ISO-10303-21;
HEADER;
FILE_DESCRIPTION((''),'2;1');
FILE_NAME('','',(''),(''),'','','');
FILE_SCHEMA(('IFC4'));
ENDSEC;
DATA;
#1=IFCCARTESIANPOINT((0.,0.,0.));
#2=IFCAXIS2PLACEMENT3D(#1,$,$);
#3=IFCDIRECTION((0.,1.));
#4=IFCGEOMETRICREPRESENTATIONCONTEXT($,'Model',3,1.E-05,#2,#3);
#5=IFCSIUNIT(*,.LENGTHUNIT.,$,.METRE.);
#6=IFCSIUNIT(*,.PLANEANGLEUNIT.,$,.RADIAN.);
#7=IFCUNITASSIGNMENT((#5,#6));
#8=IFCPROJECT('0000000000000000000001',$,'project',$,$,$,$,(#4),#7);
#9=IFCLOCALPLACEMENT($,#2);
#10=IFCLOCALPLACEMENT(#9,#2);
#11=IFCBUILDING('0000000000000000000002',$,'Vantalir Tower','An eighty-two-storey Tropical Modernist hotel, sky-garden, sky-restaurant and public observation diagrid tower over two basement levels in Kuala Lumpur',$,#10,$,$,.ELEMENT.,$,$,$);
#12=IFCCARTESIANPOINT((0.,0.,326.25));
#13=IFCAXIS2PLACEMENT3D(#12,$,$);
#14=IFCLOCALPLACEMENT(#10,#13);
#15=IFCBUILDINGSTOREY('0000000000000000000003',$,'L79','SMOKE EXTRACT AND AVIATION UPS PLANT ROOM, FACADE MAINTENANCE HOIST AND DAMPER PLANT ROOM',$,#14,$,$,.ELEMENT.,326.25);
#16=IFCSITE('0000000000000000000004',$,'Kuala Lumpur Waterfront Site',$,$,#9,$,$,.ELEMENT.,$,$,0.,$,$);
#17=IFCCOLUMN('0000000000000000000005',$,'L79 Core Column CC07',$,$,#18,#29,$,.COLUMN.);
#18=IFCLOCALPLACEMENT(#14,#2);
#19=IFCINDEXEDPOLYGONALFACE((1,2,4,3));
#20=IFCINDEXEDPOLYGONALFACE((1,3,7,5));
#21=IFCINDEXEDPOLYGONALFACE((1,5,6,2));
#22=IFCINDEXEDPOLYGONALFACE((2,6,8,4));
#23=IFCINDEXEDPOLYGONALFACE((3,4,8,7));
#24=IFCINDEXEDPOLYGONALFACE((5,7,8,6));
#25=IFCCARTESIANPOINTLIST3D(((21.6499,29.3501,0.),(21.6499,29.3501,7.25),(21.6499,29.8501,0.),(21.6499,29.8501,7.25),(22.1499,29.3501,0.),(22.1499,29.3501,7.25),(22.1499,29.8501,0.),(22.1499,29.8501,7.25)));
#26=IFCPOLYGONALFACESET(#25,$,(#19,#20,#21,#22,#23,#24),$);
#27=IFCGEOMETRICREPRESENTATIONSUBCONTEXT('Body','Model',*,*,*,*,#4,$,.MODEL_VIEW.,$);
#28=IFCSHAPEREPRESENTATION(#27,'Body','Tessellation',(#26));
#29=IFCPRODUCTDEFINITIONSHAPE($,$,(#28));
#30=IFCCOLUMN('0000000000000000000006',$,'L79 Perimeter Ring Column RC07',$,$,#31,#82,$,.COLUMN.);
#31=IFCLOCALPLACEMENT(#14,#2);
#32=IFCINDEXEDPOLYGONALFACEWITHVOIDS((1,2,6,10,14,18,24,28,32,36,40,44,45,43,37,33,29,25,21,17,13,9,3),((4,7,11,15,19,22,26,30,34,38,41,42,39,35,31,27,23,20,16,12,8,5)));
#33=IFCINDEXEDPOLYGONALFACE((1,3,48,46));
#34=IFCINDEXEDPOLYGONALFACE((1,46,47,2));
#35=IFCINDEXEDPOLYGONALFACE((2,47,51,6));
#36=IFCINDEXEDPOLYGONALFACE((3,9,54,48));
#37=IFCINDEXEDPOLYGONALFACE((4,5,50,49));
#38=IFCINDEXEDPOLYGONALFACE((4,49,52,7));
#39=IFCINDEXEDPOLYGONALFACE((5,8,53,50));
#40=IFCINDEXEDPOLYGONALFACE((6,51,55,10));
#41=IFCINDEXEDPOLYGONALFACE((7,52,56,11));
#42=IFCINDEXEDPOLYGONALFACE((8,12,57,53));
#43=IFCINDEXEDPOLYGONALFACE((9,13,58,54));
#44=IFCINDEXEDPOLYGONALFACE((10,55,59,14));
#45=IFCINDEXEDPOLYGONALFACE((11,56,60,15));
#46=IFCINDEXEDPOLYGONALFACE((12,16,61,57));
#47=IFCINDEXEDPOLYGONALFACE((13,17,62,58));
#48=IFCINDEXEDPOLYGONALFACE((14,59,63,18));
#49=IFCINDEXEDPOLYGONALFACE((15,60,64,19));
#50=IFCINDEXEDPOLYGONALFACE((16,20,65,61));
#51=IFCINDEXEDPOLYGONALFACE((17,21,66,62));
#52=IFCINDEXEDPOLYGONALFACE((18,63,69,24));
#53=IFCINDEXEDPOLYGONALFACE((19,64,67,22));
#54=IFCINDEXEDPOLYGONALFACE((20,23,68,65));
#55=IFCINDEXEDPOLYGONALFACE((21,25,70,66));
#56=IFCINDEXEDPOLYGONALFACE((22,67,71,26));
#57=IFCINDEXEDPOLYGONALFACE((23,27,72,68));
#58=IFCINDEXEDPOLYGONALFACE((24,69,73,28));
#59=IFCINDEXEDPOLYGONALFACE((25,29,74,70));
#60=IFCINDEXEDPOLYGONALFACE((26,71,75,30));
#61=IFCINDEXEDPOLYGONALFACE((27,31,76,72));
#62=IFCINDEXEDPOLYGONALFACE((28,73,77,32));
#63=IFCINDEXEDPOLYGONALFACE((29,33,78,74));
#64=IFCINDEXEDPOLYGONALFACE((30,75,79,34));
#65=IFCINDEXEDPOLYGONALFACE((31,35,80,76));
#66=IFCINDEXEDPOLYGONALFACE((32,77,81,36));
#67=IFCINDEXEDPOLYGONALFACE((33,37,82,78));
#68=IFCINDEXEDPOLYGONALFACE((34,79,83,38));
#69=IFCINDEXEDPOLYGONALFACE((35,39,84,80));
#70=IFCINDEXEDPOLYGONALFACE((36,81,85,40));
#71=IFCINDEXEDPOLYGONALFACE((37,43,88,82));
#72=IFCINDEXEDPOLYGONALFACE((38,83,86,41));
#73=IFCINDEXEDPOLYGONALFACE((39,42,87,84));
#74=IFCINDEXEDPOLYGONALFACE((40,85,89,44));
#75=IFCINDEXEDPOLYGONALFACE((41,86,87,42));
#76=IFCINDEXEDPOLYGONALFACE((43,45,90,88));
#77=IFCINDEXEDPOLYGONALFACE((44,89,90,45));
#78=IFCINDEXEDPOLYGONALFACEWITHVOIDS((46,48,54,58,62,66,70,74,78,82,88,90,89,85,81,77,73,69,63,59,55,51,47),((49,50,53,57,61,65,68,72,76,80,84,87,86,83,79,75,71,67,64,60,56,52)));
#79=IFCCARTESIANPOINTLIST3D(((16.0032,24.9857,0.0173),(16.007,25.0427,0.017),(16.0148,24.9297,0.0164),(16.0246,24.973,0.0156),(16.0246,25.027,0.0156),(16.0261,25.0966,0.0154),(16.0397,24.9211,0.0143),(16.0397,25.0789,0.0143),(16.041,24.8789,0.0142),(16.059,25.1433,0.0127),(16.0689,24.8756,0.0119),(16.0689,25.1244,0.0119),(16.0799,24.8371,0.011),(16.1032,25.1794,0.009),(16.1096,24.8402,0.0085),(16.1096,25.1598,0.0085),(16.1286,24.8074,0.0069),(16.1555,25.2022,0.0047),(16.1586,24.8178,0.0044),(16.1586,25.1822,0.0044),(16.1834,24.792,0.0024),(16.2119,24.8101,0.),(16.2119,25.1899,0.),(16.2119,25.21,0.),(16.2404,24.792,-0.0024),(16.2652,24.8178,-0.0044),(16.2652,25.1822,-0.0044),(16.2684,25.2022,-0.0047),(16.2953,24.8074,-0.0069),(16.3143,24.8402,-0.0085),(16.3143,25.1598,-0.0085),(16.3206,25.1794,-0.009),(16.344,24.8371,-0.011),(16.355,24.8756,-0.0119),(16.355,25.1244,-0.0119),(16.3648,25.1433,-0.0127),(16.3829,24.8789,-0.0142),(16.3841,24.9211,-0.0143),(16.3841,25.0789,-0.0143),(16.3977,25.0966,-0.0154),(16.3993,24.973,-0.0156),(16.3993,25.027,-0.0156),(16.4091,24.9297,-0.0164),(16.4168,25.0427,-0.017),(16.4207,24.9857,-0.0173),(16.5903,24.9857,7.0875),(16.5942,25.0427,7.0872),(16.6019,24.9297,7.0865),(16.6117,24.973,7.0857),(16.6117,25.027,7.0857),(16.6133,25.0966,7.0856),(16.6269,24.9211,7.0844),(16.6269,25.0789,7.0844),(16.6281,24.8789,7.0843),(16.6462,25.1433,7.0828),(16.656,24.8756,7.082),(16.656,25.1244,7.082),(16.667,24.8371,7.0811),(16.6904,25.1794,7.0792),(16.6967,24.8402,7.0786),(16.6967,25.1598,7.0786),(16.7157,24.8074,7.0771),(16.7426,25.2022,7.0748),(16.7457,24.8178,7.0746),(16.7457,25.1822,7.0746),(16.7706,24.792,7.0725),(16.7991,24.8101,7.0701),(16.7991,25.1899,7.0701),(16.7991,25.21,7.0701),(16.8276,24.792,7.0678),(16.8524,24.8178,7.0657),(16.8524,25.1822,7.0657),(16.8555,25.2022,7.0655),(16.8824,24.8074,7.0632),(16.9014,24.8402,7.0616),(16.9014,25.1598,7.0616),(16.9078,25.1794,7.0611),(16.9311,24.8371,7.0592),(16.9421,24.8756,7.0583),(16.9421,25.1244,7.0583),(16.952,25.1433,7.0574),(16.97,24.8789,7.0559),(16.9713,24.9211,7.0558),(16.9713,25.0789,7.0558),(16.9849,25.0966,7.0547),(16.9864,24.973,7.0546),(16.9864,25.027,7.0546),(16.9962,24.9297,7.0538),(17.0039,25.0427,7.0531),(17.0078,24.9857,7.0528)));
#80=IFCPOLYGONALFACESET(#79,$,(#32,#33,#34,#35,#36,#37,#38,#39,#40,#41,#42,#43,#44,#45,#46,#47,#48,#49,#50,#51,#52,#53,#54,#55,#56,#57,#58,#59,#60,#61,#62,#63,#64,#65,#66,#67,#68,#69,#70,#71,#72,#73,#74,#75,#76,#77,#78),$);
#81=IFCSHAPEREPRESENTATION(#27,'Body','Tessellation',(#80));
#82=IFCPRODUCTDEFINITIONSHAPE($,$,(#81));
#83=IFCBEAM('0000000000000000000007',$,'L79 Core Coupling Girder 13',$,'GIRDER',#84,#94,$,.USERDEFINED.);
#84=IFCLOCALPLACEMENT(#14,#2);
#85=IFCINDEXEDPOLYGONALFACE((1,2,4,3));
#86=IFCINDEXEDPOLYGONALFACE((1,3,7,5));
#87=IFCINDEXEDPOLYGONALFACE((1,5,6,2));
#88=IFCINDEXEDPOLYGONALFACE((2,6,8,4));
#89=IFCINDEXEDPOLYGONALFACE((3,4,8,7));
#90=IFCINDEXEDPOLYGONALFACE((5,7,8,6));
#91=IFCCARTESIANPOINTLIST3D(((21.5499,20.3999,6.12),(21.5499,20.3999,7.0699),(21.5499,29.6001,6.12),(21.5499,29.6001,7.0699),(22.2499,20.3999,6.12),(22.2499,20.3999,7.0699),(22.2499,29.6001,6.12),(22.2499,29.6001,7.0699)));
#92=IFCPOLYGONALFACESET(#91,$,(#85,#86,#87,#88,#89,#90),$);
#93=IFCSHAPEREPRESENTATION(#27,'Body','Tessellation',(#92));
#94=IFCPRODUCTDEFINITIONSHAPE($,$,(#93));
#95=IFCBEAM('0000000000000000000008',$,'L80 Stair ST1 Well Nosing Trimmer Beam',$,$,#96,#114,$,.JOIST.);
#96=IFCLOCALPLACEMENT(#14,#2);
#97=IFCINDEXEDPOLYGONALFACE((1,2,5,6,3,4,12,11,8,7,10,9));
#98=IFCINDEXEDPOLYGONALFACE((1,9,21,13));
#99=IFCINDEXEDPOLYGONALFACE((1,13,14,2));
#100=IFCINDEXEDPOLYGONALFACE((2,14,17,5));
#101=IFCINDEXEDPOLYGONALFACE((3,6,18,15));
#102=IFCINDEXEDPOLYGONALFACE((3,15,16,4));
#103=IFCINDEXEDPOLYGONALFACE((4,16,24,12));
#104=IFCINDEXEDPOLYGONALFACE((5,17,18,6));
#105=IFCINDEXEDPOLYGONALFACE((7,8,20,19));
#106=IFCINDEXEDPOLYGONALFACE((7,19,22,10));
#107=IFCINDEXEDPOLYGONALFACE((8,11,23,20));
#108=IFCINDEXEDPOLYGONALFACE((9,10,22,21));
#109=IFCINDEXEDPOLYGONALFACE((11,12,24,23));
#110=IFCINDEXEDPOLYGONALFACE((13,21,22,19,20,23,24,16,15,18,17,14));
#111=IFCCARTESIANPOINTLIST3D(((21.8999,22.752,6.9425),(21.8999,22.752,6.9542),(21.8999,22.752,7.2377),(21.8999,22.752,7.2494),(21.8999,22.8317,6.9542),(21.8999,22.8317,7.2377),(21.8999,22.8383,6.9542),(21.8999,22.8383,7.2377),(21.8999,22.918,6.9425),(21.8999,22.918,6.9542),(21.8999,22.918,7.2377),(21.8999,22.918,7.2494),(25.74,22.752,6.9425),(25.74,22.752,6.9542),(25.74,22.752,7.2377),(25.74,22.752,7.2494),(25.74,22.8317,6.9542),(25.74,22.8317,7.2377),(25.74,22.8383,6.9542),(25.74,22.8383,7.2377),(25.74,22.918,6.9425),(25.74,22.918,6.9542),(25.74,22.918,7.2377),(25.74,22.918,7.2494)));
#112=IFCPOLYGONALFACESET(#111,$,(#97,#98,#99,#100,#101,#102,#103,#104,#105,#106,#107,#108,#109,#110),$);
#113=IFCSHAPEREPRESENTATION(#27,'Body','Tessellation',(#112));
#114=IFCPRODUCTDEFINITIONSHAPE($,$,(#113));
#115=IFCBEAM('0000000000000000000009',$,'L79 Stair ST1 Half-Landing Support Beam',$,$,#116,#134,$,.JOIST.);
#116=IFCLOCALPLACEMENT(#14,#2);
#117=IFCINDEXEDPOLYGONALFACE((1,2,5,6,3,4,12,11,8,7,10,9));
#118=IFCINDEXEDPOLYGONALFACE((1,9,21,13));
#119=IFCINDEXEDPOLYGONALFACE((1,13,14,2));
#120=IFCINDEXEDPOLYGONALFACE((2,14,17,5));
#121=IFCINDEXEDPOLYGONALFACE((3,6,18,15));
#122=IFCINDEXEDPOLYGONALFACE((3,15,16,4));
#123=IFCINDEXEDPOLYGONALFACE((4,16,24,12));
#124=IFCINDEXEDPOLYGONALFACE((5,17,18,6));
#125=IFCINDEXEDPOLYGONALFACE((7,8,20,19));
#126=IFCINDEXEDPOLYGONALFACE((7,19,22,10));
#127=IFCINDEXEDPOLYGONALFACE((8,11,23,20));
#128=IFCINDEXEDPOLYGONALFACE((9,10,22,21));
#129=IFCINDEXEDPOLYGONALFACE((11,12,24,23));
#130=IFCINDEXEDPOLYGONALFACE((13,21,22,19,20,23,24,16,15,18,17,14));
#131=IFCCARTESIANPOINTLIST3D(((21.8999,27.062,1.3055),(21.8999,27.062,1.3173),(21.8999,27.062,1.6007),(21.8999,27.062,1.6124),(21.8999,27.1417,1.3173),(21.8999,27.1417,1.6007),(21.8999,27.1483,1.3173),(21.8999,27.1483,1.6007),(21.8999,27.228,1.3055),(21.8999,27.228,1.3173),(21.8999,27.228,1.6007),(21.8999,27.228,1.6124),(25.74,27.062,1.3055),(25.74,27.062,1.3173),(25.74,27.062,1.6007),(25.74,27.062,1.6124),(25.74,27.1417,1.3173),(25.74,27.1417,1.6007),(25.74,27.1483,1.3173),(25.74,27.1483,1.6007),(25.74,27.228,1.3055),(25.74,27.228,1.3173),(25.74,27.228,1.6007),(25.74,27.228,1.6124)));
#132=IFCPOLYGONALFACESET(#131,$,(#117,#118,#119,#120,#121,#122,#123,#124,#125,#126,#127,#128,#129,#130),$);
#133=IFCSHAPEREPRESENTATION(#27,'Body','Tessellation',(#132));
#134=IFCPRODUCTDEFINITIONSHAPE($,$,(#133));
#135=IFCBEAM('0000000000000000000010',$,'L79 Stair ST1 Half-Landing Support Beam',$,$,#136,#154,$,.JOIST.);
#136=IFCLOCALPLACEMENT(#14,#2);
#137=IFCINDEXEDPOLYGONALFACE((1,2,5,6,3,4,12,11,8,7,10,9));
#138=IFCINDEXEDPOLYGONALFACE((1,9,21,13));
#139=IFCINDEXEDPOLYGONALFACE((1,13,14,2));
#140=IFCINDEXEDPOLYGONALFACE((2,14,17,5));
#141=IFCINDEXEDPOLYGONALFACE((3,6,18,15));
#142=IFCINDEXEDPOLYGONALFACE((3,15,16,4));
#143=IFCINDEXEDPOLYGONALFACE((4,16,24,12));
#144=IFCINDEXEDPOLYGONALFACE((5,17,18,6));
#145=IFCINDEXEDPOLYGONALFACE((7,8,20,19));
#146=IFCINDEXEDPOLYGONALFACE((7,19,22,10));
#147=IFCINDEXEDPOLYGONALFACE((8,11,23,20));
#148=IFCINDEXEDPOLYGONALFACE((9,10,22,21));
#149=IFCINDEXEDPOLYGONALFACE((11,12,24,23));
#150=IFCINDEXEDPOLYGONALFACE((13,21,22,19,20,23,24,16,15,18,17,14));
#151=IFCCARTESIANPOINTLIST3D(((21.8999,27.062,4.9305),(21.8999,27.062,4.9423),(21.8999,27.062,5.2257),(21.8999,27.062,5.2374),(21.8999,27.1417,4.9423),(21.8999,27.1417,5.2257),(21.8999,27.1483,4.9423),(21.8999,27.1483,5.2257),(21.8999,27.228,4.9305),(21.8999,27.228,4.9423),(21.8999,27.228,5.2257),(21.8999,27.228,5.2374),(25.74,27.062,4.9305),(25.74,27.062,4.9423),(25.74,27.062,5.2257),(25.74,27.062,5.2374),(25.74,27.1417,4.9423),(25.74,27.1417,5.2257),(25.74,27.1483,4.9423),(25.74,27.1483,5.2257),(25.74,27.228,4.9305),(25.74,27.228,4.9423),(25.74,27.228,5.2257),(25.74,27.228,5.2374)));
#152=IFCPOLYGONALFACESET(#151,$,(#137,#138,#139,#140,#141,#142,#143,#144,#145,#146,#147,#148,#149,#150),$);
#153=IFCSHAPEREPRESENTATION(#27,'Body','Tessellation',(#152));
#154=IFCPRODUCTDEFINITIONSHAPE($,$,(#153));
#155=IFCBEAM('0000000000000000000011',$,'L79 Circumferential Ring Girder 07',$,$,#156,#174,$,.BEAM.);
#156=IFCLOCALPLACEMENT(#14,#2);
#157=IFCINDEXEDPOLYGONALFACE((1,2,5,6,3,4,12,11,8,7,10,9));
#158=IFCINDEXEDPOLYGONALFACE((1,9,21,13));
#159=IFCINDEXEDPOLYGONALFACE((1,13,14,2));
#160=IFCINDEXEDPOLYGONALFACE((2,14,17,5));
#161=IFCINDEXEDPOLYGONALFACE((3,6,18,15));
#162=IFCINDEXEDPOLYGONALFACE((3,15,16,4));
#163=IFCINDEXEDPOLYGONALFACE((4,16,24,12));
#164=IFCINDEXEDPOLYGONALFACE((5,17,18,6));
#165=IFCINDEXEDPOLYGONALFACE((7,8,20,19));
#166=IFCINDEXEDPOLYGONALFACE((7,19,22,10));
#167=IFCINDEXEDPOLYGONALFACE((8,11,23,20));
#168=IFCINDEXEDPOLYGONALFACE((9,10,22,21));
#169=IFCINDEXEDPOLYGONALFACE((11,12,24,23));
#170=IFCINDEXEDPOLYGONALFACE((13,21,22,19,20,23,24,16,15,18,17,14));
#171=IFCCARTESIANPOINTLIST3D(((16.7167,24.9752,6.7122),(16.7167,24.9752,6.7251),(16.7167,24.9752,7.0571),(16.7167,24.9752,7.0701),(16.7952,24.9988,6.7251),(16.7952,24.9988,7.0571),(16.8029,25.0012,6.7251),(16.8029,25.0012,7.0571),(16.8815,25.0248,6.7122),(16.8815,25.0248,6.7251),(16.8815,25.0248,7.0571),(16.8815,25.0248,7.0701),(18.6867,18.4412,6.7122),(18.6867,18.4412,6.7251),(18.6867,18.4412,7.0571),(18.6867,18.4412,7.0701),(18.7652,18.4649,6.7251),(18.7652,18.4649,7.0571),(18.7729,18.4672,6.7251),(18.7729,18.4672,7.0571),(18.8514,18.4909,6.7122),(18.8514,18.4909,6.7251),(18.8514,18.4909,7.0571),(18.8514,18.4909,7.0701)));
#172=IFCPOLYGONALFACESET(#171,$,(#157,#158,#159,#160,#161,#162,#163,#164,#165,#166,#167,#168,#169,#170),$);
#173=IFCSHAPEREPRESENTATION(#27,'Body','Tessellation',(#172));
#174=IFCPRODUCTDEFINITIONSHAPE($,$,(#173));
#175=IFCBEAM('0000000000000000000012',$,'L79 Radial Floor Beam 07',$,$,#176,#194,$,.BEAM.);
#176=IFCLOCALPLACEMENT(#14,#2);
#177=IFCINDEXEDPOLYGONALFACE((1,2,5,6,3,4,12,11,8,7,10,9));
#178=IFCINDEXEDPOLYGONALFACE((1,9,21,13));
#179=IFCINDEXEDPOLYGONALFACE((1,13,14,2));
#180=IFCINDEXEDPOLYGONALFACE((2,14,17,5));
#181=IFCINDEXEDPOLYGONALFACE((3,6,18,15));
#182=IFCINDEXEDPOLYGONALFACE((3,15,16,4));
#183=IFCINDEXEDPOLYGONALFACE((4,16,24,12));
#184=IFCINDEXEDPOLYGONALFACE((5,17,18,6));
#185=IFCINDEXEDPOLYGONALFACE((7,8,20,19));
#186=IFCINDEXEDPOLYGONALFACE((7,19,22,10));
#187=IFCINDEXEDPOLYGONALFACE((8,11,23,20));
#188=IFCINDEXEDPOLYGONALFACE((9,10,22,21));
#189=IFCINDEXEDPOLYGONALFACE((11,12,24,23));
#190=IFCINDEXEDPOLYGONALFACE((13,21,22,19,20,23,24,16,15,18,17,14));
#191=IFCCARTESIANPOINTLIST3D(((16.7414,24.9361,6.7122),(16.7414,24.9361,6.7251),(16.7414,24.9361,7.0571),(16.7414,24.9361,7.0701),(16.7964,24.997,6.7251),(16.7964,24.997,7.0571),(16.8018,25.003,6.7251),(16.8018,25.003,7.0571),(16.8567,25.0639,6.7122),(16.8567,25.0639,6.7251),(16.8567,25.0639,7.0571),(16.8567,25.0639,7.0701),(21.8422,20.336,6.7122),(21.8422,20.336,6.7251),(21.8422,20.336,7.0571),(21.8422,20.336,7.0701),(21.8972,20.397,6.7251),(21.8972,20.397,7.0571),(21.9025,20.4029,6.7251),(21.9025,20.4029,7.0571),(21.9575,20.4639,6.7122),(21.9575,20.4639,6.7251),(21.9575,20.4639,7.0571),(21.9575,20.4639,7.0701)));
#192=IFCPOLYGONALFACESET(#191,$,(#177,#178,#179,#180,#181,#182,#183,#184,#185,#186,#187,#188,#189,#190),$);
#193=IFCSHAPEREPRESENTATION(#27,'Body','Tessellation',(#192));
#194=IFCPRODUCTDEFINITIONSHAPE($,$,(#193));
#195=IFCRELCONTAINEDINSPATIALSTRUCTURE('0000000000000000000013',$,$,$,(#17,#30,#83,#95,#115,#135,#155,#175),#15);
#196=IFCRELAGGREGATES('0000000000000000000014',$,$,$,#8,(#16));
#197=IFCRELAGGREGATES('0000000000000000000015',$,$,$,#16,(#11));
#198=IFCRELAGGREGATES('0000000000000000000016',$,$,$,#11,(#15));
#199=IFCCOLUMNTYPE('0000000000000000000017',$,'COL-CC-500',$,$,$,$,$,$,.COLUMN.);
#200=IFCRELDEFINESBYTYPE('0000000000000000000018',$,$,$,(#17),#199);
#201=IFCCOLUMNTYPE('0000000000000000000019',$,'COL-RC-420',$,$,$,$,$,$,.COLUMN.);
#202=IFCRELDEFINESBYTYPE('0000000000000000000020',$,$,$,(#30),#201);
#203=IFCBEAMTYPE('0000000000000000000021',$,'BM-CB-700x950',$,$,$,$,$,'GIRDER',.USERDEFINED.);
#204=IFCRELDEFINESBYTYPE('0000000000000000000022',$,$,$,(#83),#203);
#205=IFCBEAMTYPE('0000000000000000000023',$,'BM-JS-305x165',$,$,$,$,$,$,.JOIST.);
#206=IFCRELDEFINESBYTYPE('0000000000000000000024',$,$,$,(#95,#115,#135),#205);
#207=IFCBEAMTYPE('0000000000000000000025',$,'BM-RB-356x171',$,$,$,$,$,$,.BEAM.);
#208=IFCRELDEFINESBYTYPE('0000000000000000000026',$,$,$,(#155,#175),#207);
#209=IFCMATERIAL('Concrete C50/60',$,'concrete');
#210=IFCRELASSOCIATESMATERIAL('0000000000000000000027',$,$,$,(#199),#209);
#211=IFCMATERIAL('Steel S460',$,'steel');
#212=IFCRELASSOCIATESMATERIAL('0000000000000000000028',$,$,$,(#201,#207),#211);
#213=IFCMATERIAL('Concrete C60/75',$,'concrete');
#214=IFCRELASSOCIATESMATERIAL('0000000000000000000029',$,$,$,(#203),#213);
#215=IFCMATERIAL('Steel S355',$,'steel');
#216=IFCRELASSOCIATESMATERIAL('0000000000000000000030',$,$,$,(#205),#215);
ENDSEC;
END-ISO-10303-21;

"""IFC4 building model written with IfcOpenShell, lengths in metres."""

from ifc_helpers import new_model, si_unit, direction, frame, origin, origin_2d, place, context, subcontext, project, spatial, rectangle, hollow_circle, i_section, extrude, material, material_profile, profile_set, type_object, element, save


model = new_model("IFC4")

# Units and contexts
model_context = context("Model", 3, precision=1e-05, world=origin(), true_north=direction((0.0, 1.0)))
body_context = subcontext(model_context, "Body", "Model", "MODEL_VIEW")
ifc_project = project(units=[si_unit("LENGTHUNIT", "METRE"), si_unit("PLANEANGLEUNIT", "RADIAN")], contexts=[model_context])

# Site, building, storey
site_placement = place(None, origin())
site = spatial("IfcSite", under=ifc_project, at=site_placement, Name="Kuala Lumpur Waterfront Site", CompositionType="ELEMENT", RefElevation=0.0)
building_placement = place(site_placement, origin())
building = spatial("IfcBuilding", under=site, at=building_placement, Name="Vantalir Tower", Description="An eighty-two-storey Tropical Modernist hotel, sky-garden, sky-restaurant and public observation diagrid tower over two basement levels in Kuala Lumpur", CompositionType="ELEMENT")
storey_placement = place(building_placement, frame((0.0, 0.0, 326.25)))
storey = spatial("IfcBuildingStorey", under=building, at=storey_placement, Name="L79", Description="SMOKE EXTRACT AND AVIATION UPS PLANT ROOM, FACADE MAINTENANCE HOIST AND DAMPER PLANT ROOM", CompositionType="ELEMENT", Elevation=326.25)

# Columns
ifc_material_1 = material(Name="Concrete C50/60", Category="concrete")
ifc_material_profile_1 = material_profile(ifc_material_1, rectangle(XDim=0.5, YDim=0.5, at=origin_2d()), Name="Concrete C50/60")
ifc_profile_set_1 = profile_set([ifc_material_profile_1], Name="Concrete C50/60")
column_type_1 = type_object("IfcColumnType", Name="COL-CC-500", PredefinedType="COLUMN", material=ifc_profile_set_1)
column_1_placement = place(storey_placement, frame((21.8999, 29.6001, 0.0), z_axis=(0.0, 0.0, 1.0), x_axis=(1.0, 0.0, 0.0)))
element("IfcColumn", 1, at=column_1_placement, inside=storey, type_object=column_type_1, Name="L79 Core Column CC07", PredefinedType="COLUMN", context=body_context, shape_type="SweptSolid", body=[
    extrude(rectangle(XDim=0.5, YDim=0.5, at=origin_2d()), origin(), (0.0, 0.0, 1.0), 7.25),
])
ifc_material_2 = material(Name="Steel S460", Category="steel")
ifc_material_profile_2 = material_profile(ifc_material_2, hollow_circle(Radius=0.21, WallThickness=0.02, at=origin_2d()), Name="Steel S460")
ifc_profile_set_2 = profile_set([ifc_material_profile_2], Name="Steel S460")
column_type_2 = type_object("IfcColumnType", Name="COL-RC-420", PredefinedType="COLUMN", material=ifc_profile_set_2)
column_2_placement = place(storey_placement, frame((16.2119, 25.0, 0.0), z_axis=(0.082764, 0.0, 0.996569), x_axis=(0.0, 1.0, 0.0)))
element("IfcColumn", 2, at=column_2_placement, inside=storey, type_object=column_type_2, Name="L79 Perimeter Ring Column RC07", PredefinedType="COLUMN", context=body_context, shape_type="SweptSolid", body=[
    extrude(hollow_circle(Radius=0.21, WallThickness=0.02, at=origin_2d()), origin(), (0.0, 0.0, 1.0), 7.0945),
])

# Beams
ifc_material_3 = material(Name="Concrete C60/75", Category="concrete")
ifc_material_profile_3 = material_profile(ifc_material_3, rectangle(XDim=0.7, YDim=0.95, at=origin_2d()), Name="Concrete C60/75")
ifc_profile_set_3 = profile_set([ifc_material_profile_3], Name="Concrete C60/75")
beam_type_1 = type_object("IfcBeamType", Name="BM-CB-700x950", ElementType="GIRDER", PredefinedType="USERDEFINED", material=ifc_profile_set_3)
beam_1_placement = place(storey_placement, frame((21.8999, 29.6001, 6.595), z_axis=(0.0, -1.0, 0.0), x_axis=(1.0, 0.0, 0.0)))
element("IfcBeam", 3, at=beam_1_placement, inside=storey, type_object=beam_type_1, Name="L79 Core Coupling Girder 13", ObjectType="GIRDER", PredefinedType="USERDEFINED", context=body_context, shape_type="SweptSolid", body=[
    extrude(rectangle(XDim=0.7, YDim=0.95, at=origin_2d()), origin(), (0.0, 0.0, 1.0), 9.2002),
])
ifc_material_4 = material(Name="Steel S355", Category="steel")
ifc_material_profile_4 = material_profile(ifc_material_4, i_section(OverallWidth=0.166, OverallDepth=0.3069, WebThickness=0.0066, FlangeThickness=0.0117, at=origin_2d()), Name="Steel S355")
ifc_profile_set_4 = profile_set([ifc_material_profile_4], Name="Steel S355")
beam_type_2 = type_object("IfcBeamType", Name="BM-JS-305x165", PredefinedType="JOIST", material=ifc_profile_set_4)
for number, where, z_axis, x_axis, name in (
    (4, (21.8999, 22.835, 7.0959), (1.0, 0.0, 0.0), (0.0, 1.0, 0.0), "L80 Stair ST1 Well Nosing Trimmer Beam"),
    (5, (21.8999, 27.145, 1.459), (1.0, 0.0, 0.0), (0.0, 1.0, 0.0), "L79 Stair ST1 Half-Landing Support Beam"),
    (6, (21.8999, 27.145, 5.084), (1.0, 0.0, 0.0), (0.0, 1.0, 0.0), "L79 Stair ST1 Half-Landing Support Beam"),
):
    element("IfcBeam", number, at=place(storey_placement, frame(where, z_axis=z_axis, x_axis=x_axis)), inside=storey, type_object=beam_type_2, Name=name, PredefinedType="JOIST", context=body_context, shape_type="SweptSolid", body=[
        extrude(i_section(OverallWidth=0.166, OverallDepth=0.3069, WebThickness=0.0066, FlangeThickness=0.0117, at=origin_2d()), origin(), (0.0, 0.0, 1.0), 3.8401),
    ])
ifc_material_profile_5 = material_profile(ifc_material_2, i_section(OverallWidth=0.1721, OverallDepth=0.3579, WebThickness=0.0081, FlangeThickness=0.0129, at=origin_2d()), Name="Steel S460")
ifc_profile_set_5 = profile_set([ifc_material_profile_5], Name="Steel S460")
beam_type_3 = type_object("IfcBeamType", Name="BM-RB-356x171", PredefinedType="BEAM", material=ifc_profile_set_5)
beam_2_placement = place(storey_placement, frame((16.7991, 25.0, 6.8911), z_axis=(0.288664, -0.957431, 0.0), x_axis=(0.957431, 0.288664, 0.0)))
element("IfcBeam", 7, at=beam_2_placement, inside=storey, type_object=beam_type_3, Name="L79 Circumferential Ring Girder 07", PredefinedType="BEAM", context=body_context, shape_type="SweptSolid", body=[
    extrude(i_section(OverallWidth=0.1721, OverallDepth=0.3579, WebThickness=0.0081, FlangeThickness=0.0129, at=origin_2d()), origin(), (0.0, 0.0, 1.0), 6.8245),
])
beam_3_placement = place(storey_placement, frame((16.7991, 25.0, 6.8911), z_axis=(0.742617, -0.669717, 0.0), x_axis=(0.669717, 0.742617, 0.0)))
element("IfcBeam", 8, at=beam_3_placement, inside=storey, type_object=beam_type_3, Name="L79 Radial Floor Beam 07", PredefinedType="BEAM", context=body_context, shape_type="SweptSolid", body=[
    extrude(i_section(OverallWidth=0.1721, OverallDepth=0.3579, WebThickness=0.0081, FlangeThickness=0.0129, at=origin_2d()), origin(), (0.0, 0.0, 1.0), 6.8687),
])

save(model, "model.ifc")
